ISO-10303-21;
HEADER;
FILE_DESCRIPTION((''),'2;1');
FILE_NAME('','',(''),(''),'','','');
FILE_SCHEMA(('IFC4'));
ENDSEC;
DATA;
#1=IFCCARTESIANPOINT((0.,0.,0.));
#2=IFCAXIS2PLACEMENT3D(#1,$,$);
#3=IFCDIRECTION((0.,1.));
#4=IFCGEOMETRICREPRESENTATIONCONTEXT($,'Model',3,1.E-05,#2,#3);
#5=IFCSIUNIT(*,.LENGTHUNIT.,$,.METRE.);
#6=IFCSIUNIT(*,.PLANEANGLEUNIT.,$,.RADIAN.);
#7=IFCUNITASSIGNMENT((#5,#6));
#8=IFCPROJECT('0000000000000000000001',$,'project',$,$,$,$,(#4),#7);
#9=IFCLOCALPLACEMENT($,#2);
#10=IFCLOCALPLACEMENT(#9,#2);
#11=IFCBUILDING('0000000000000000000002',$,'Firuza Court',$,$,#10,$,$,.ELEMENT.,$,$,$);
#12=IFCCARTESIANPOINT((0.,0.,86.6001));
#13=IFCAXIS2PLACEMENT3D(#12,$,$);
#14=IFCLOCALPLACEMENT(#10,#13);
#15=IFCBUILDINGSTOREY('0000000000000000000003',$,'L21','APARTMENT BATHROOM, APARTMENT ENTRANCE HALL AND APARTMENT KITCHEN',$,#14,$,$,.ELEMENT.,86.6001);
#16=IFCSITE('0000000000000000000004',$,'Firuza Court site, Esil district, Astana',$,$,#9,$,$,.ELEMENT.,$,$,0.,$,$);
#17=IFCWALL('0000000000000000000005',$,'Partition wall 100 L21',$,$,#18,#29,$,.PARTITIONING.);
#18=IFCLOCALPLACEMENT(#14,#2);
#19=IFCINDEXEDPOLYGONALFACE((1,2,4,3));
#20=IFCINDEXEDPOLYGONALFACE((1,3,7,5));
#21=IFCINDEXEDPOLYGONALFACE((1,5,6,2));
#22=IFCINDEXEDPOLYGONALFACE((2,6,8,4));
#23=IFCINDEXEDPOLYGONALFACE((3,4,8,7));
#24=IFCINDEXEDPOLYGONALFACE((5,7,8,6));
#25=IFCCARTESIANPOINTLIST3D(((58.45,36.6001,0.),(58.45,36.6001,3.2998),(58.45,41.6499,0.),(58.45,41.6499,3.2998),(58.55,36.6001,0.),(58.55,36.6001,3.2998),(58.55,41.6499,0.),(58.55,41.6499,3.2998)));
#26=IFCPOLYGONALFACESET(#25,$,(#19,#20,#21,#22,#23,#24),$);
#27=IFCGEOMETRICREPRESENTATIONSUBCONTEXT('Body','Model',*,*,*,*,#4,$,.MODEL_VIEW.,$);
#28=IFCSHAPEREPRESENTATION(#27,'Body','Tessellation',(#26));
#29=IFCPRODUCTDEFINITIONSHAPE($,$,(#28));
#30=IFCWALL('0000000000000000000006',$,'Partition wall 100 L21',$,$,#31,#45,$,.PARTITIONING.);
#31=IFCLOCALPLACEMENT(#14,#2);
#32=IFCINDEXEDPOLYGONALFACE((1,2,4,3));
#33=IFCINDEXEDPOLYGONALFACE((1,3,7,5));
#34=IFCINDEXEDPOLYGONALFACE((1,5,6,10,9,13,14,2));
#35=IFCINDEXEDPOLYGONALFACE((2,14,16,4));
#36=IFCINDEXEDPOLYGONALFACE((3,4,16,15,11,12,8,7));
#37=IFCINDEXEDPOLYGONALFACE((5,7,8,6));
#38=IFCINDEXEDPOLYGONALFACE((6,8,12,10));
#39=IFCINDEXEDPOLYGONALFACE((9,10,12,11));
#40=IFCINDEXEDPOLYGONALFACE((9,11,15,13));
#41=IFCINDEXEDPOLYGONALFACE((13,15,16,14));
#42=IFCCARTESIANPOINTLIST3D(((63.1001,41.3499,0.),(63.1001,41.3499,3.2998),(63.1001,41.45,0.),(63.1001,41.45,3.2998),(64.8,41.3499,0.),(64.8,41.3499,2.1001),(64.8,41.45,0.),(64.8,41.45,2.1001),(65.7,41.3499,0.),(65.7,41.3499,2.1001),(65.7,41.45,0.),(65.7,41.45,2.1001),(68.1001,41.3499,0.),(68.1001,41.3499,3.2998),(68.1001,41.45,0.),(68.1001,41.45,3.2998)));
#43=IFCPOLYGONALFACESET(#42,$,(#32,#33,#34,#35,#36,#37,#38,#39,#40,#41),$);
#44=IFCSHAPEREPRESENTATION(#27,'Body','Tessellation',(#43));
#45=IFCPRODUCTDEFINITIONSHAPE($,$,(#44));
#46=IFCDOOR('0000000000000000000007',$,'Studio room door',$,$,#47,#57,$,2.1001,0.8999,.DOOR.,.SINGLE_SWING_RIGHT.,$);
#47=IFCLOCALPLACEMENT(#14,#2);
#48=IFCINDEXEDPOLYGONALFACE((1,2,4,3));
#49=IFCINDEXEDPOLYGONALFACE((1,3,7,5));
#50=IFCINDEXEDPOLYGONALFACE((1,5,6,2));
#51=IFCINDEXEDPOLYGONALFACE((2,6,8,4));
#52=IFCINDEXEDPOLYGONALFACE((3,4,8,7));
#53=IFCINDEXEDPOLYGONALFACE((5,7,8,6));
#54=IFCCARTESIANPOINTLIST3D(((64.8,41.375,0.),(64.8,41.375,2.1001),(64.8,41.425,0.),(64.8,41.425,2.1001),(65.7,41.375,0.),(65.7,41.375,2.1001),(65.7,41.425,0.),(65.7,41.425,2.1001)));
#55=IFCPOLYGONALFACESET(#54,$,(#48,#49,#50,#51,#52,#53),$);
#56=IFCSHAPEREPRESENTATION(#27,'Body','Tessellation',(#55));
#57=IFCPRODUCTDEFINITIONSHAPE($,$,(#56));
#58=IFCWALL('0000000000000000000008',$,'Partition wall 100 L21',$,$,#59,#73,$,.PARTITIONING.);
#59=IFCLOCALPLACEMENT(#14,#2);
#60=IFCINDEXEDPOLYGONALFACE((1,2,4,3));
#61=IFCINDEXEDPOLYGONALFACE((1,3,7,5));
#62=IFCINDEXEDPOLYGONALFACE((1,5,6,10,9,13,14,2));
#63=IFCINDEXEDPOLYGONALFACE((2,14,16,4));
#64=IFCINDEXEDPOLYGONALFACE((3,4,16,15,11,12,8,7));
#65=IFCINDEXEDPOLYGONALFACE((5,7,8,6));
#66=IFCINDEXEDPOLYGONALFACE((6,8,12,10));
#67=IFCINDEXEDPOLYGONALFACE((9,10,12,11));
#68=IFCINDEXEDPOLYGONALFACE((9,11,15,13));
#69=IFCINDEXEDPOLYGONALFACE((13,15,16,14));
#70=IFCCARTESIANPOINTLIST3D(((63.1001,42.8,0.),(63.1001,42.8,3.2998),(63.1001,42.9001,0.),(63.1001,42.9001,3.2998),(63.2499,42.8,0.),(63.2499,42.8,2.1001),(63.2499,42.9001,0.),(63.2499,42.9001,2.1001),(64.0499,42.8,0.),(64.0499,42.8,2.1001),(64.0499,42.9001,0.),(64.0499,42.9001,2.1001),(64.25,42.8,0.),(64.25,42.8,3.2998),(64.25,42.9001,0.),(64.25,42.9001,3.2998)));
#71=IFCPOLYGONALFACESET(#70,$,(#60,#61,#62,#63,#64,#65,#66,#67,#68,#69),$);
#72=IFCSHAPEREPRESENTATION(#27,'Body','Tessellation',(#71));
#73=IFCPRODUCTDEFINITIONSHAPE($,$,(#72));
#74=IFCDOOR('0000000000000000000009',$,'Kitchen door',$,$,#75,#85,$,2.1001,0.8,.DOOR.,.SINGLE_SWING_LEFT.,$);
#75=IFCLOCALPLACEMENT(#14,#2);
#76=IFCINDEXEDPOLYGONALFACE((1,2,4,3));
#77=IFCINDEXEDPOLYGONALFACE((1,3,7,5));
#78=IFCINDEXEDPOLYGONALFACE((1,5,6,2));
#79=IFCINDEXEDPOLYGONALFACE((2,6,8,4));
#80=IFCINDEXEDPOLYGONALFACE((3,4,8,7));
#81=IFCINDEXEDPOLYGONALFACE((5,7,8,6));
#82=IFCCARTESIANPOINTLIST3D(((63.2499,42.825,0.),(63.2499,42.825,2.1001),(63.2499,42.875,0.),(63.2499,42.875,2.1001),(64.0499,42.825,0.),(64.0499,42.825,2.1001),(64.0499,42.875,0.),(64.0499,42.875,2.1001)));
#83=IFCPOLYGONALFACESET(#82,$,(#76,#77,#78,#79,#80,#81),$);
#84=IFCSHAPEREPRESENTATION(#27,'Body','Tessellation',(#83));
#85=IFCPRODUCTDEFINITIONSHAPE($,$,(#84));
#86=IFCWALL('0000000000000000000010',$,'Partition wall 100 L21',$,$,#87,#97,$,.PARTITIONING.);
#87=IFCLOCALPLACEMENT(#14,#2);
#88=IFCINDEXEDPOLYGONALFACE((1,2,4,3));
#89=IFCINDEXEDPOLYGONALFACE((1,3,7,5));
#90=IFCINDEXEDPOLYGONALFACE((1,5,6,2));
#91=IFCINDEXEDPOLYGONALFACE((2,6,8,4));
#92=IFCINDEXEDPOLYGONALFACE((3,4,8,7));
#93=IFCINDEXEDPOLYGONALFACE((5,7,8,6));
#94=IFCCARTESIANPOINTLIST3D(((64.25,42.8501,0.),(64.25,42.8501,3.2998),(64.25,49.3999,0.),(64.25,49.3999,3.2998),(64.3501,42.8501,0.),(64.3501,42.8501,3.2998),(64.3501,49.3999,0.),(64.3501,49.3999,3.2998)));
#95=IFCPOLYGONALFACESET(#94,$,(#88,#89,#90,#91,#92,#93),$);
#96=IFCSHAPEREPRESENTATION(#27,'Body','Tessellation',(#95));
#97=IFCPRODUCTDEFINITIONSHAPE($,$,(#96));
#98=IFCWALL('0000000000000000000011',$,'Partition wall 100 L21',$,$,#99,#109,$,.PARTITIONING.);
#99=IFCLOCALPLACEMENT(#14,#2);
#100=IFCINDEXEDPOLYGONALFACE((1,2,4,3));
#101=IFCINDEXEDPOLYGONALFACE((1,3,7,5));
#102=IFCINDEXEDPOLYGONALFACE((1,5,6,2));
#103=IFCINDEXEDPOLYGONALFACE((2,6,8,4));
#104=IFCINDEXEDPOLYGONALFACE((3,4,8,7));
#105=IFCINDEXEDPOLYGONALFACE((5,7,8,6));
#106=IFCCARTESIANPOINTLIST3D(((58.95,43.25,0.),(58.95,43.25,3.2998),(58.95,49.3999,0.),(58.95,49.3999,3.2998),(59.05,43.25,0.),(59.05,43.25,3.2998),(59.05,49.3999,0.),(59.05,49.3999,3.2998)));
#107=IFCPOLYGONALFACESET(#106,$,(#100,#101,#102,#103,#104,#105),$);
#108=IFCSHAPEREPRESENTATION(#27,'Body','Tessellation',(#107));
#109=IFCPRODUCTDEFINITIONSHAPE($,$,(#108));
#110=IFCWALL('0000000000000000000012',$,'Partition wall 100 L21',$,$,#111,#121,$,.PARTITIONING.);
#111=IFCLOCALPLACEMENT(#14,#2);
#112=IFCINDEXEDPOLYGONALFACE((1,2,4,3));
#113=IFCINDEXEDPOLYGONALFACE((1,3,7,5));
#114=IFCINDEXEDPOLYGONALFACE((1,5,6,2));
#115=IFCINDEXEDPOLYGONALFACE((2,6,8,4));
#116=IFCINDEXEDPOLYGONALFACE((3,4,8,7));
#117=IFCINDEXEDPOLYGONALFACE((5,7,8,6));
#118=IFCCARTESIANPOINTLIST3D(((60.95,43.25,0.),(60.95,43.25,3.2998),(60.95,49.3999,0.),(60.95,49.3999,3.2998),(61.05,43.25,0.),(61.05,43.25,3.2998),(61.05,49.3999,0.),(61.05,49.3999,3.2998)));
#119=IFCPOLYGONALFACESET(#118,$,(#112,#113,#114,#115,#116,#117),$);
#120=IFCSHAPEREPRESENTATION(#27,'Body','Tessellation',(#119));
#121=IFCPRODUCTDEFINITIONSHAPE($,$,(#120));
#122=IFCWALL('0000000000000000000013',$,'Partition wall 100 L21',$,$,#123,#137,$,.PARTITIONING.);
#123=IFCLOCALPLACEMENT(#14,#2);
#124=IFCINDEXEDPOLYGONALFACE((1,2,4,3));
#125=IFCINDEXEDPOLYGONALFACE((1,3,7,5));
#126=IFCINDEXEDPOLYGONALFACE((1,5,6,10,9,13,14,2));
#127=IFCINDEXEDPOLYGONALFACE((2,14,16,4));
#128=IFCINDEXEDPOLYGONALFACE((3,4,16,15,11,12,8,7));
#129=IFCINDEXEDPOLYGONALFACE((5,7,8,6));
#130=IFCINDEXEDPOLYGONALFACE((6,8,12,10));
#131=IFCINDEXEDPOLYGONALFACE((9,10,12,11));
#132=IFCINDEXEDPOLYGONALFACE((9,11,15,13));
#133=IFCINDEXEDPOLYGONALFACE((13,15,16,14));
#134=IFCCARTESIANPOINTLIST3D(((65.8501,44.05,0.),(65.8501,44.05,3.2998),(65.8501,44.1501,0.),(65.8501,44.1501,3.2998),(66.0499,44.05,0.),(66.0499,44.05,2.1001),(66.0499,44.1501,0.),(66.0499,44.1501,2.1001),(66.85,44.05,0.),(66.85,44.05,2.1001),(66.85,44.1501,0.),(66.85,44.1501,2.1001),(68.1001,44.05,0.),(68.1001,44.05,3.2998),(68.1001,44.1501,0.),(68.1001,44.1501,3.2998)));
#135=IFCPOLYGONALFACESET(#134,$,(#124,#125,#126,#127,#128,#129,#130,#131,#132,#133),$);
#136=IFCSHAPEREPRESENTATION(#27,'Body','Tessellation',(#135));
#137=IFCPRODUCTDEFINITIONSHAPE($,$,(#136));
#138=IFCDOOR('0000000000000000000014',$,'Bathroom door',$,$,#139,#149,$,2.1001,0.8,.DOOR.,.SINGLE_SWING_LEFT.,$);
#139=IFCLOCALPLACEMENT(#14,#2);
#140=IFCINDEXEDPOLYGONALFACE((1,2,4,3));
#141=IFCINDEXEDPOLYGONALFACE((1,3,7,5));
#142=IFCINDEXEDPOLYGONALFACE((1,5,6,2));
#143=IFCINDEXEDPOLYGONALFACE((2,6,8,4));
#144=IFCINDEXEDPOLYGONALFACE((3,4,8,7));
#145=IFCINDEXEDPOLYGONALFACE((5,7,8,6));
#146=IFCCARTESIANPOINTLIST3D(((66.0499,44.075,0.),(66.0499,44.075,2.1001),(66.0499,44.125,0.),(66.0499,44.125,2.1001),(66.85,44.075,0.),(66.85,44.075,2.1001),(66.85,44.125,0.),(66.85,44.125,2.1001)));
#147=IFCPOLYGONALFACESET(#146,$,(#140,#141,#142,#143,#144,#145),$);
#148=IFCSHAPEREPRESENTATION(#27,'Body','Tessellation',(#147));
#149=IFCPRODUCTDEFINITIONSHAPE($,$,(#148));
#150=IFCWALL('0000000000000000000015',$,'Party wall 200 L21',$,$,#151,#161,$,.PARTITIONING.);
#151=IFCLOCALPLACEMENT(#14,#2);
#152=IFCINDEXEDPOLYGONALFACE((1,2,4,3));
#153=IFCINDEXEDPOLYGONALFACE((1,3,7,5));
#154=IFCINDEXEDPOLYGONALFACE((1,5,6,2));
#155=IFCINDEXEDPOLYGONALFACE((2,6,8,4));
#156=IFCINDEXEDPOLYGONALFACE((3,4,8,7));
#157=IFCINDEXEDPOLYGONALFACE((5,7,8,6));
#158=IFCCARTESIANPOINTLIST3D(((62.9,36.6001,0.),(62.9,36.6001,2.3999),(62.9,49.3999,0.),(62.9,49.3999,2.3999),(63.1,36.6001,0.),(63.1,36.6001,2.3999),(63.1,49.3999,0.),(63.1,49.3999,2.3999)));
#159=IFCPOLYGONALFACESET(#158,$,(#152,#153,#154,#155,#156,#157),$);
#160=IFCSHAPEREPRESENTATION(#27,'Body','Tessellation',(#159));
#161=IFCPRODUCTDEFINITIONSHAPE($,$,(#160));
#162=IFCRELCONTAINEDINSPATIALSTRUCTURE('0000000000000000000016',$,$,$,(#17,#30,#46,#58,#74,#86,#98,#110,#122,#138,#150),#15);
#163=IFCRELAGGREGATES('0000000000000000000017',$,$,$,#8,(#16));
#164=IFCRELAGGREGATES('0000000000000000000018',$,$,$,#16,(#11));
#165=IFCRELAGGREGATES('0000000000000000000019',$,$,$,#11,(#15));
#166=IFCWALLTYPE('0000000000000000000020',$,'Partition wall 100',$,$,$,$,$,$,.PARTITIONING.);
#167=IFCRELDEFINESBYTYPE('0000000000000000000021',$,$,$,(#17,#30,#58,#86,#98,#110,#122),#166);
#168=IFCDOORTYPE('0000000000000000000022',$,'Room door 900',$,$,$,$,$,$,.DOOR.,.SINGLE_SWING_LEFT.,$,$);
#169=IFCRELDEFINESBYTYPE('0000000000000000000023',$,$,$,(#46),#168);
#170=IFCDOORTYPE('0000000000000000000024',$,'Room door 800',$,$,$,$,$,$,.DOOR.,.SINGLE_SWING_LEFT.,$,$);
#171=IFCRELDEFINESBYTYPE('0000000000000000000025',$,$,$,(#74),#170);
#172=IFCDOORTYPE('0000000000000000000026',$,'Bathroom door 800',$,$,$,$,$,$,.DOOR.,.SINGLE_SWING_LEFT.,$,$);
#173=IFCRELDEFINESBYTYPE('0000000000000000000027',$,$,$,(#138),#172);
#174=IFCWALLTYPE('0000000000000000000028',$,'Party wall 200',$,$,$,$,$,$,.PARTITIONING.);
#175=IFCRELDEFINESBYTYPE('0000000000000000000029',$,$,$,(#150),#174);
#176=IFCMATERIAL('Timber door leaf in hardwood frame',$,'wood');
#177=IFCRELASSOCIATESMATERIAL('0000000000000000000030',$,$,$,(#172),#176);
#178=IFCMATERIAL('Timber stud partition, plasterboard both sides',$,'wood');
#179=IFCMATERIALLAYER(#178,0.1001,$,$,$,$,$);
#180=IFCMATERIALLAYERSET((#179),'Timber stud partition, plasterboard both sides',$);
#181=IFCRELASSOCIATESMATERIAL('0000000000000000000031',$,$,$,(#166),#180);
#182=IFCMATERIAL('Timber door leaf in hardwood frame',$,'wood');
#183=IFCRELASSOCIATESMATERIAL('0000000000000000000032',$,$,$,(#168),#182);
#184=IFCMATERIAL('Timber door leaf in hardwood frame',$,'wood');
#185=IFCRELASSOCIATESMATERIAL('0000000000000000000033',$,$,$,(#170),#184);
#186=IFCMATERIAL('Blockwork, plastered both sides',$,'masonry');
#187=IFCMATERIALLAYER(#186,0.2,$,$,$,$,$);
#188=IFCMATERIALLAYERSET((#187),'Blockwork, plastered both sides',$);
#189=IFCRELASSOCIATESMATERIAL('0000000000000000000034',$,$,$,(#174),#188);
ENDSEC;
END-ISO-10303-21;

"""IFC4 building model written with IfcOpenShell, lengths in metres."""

from ifc_helpers import new_model, si_unit, direction, frame, frame_2d, origin, place, context, subcontext, project, spatial, rectangle, extrude, material, layer, layer_set, type_object, element, fill, save


model = new_model("IFC4")

# Units and contexts
model_context = context("Model", 3, precision=1e-05, world=origin(), true_north=direction((0.0, 1.0)))
body_context = subcontext(model_context, "Body", "Model", "MODEL_VIEW")
ifc_project = project(units=[si_unit("LENGTHUNIT", "METRE"), si_unit("PLANEANGLEUNIT", "RADIAN")], contexts=[model_context])

# Site, building, storey
site_placement = place(None, origin())
site = spatial("IfcSite", under=ifc_project, at=site_placement, Name="Firuza Court site, Esil district, Astana", CompositionType="ELEMENT", RefElevation=0.0)
building_placement = place(site_placement, origin())
building = spatial("IfcBuilding", under=site, at=building_placement, Name="Firuza Court", CompositionType="ELEMENT")
storey_placement = place(building_placement, frame((0.0, 0.0, 86.6001)))
storey = spatial("IfcBuildingStorey", under=building, at=storey_placement, Name="L21", Description="APARTMENT BATHROOM, APARTMENT ENTRANCE HALL AND APARTMENT KITCHEN", CompositionType="ELEMENT", Elevation=86.6001)

# Shared definitions
ifc_material_1 = material(Name="Timber door leaf in hardwood frame", Category="wood")
door_type_1 = type_object("IfcDoorType", Name="Bathroom door 800", OperationType="SINGLE_SWING_LEFT", PredefinedType="DOOR", material=ifc_material_1)

# Wall
ifc_material_2 = material(Name="Timber stud partition, plasterboard both sides", Category="wood")
ifc_layer_1 = layer(ifc_material_2, 0.1001)
ifc_layer_set_1 = layer_set([ifc_layer_1], Name="Timber stud partition, plasterboard both sides")
wall_type_1 = type_object("IfcWallType", Name="Partition wall 100", PredefinedType="PARTITIONING", material=ifc_layer_set_1)
wall_1_placement = place(storey_placement, frame((58.5, 36.6001, 0.0), z_axis=(0.0, 0.0, 1.0), x_axis=(0.0, 1.0, 0.0)))
element("IfcWall", 1, at=wall_1_placement, inside=storey, type_object=wall_type_1, Name="Partition wall 100 L21", PredefinedType="PARTITIONING", context=body_context, shape_type="SweptSolid", body=[
    extrude(rectangle(XDim=5.0498, YDim=0.1001, at=frame_2d((2.5249, 0.0))), origin(), (0.0, 0.0, 1.0), 3.2998),
])

# Walls, openings, doors
wall_2_placement = place(storey_placement, frame((63.1001, 41.3999, 0.0), z_axis=(0.0, 0.0, 1.0), x_axis=(1.0, 0.0, 0.0)))
wall_2 = element("IfcWall", 2, at=wall_2_placement, inside=storey, type_object=wall_type_1, Name="Partition wall 100 L21", PredefinedType="PARTITIONING", context=body_context, shape_type="SweptSolid", body=[
    extrude(rectangle(XDim=5.0, YDim=0.1001, at=frame_2d((2.5, 0.0))), origin(), (0.0, 0.0, 1.0), 3.2998),
])
opening_1_placement = place(wall_2_placement, frame((1.7, 0.0, 0.0)))
opening_1 = element("IfcOpeningElement", 3, at=opening_1_placement, cuts=wall_2, PredefinedType="OPENING", context=body_context, shape_type="SweptSolid", body=[
    extrude(rectangle(XDim=0.8999, YDim=2.1001, at=frame_2d((0.45, 1.05))), frame((0.0, 0.062, 0.0), z_axis=(0.0, -1.0, 0.0), x_axis=(1.0, 0.0, 0.0)), (0.0, 0.0, 1.0), 0.124),
])
ifc_material_3 = material(Name="Timber door leaf in hardwood frame", Category="wood")
door_type_2 = type_object("IfcDoorType", Name="Room door 900", OperationType="SINGLE_SWING_LEFT", PredefinedType="DOOR", material=ifc_material_3)
door_1_placement = place(opening_1_placement, frame((0.8999, 0.0, 0.0), z_axis=(0.0, 0.0, 1.0), x_axis=(-1.0, 0.0, 0.0)))
door_1 = element("IfcDoor", 4, at=door_1_placement, inside=storey, type_object=door_type_2, Name="Studio room door", OperationType="SINGLE_SWING_RIGHT", OverallHeight=2.1001, OverallWidth=0.8999, PredefinedType="DOOR", context=body_context, shape_type="SweptSolid", body=[
    extrude(rectangle(XDim=0.8999, YDim=2.1001, at=frame_2d((0.45, 1.05))), frame((0.0, 0.0249, 0.0), z_axis=(0.0, -1.0, 0.0), x_axis=(1.0, 0.0, 0.0)), (0.0, 0.0, 1.0), 0.05),
])
fill(opening_1, door_1)
wall_3_placement = place(storey_placement, frame((63.1001, 42.8501, 0.0), z_axis=(0.0, 0.0, 1.0), x_axis=(1.0, 0.0, 0.0)))
wall_3 = element("IfcWall", 5, at=wall_3_placement, inside=storey, type_object=wall_type_1, Name="Partition wall 100 L21", PredefinedType="PARTITIONING", context=body_context, shape_type="SweptSolid", body=[
    extrude(rectangle(XDim=1.1499, YDim=0.1001, at=frame_2d((0.575, 0.0))), origin(), (0.0, 0.0, 1.0), 3.2998),
])
opening_2_placement = place(wall_3_placement, frame((0.1499, 0.0, 0.0)))
opening_2 = element("IfcOpeningElement", 6, at=opening_2_placement, cuts=wall_3, PredefinedType="OPENING", context=body_context, shape_type="SweptSolid", body=[
    extrude(rectangle(XDim=0.8, YDim=2.1001, at=frame_2d((0.3999, 1.05))), frame((0.0, 0.062, 0.0), z_axis=(0.0, -1.0, 0.0), x_axis=(1.0, 0.0, 0.0)), (0.0, 0.0, 1.0), 0.124),
])
ifc_material_4 = material(Name="Timber door leaf in hardwood frame", Category="wood")
door_type_3 = type_object("IfcDoorType", Name="Room door 800", OperationType="SINGLE_SWING_LEFT", PredefinedType="DOOR", material=ifc_material_4)
door_2_placement = place(opening_2_placement, origin())
door_2 = element("IfcDoor", 7, at=door_2_placement, inside=storey, type_object=door_type_3, Name="Kitchen door", OperationType="SINGLE_SWING_LEFT", OverallHeight=2.1001, OverallWidth=0.8, PredefinedType="DOOR", context=body_context, shape_type="SweptSolid", body=[
    extrude(rectangle(XDim=0.8, YDim=2.1001, at=frame_2d((0.3999, 1.05))), frame((0.0, 0.0249, 0.0), z_axis=(0.0, -1.0, 0.0), x_axis=(1.0, 0.0, 0.0)), (0.0, 0.0, 1.0), 0.05),
])
fill(opening_2, door_2)

# Walls
wall_4_placement = place(storey_placement, frame((64.3, 42.8501, 0.0), z_axis=(0.0, 0.0, 1.0), x_axis=(0.0, 1.0, 0.0)))
element("IfcWall", 8, at=wall_4_placement, inside=storey, type_object=wall_type_1, Name="Partition wall 100 L21", PredefinedType="PARTITIONING", context=body_context, shape_type="SweptSolid", body=[
    extrude(rectangle(XDim=6.5498, YDim=0.1001, at=frame_2d((3.2749, 0.0))), origin(), (0.0, 0.0, 1.0), 3.2998),
])
for number, where, z_axis, x_axis, name in (
    (9, (59.0, 43.25, 0.0), (0.0, 0.0, 1.0), (0.0, 1.0, 0.0), "Partition wall 100 L21"),
    (10, (61.0, 43.25, 0.0), (0.0, 0.0, 1.0), (0.0, 1.0, 0.0), "Partition wall 100 L21"),
):
    element("IfcWall", number, at=place(storey_placement, frame(where, z_axis=z_axis, x_axis=x_axis)), inside=storey, type_object=wall_type_1, Name=name, PredefinedType="PARTITIONING", context=body_context, shape_type="SweptSolid", body=[
        extrude(rectangle(XDim=6.1499, YDim=0.1001, at=frame_2d((3.075, 0.0))), origin(), (0.0, 0.0, 1.0), 3.2998),
    ])

# Wall, opening, door
wall_5_placement = place(storey_placement, frame((65.8501, 44.1001, 0.0), z_axis=(0.0, 0.0, 1.0), x_axis=(1.0, 0.0, 0.0)))
wall_5 = element("IfcWall", 11, at=wall_5_placement, inside=storey, type_object=wall_type_1, Name="Partition wall 100 L21", PredefinedType="PARTITIONING", context=body_context, shape_type="SweptSolid", body=[
    extrude(rectangle(XDim=2.25, YDim=0.1001, at=frame_2d((1.125, 0.0))), origin(), (0.0, 0.0, 1.0), 3.2998),
])
opening_3_placement = place(wall_5_placement, frame((0.2, 0.0, 0.0)))
opening_3 = element("IfcOpeningElement", 12, at=opening_3_placement, cuts=wall_5, PredefinedType="OPENING", context=body_context, shape_type="SweptSolid", body=[
    extrude(rectangle(XDim=0.8, YDim=2.1001, at=frame_2d((0.3999, 1.05))), frame((0.0, 0.062, 0.0), z_axis=(0.0, -1.0, 0.0), x_axis=(1.0, 0.0, 0.0)), (0.0, 0.0, 1.0), 0.124),
])
door_3_placement = place(opening_3_placement, origin())
door_3 = element("IfcDoor", 13, at=door_3_placement, inside=storey, type_object=door_type_1, Name="Bathroom door", OperationType="SINGLE_SWING_LEFT", OverallHeight=2.1001, OverallWidth=0.8, PredefinedType="DOOR", context=body_context, shape_type="SweptSolid", body=[
    extrude(rectangle(XDim=0.8, YDim=2.1001, at=frame_2d((0.3999, 1.05))), frame((0.0, 0.0249, 0.0), z_axis=(0.0, -1.0, 0.0), x_axis=(1.0, 0.0, 0.0)), (0.0, 0.0, 1.0), 0.05),
])
fill(opening_3, door_3)

# Wall
ifc_material_5 = material(Name="Blockwork, plastered both sides", Category="masonry")
ifc_layer_2 = layer(ifc_material_5, 0.2)
ifc_layer_set_2 = layer_set([ifc_layer_2], Name="Blockwork, plastered both sides")
wall_type_2 = type_object("IfcWallType", Name="Party wall 200", PredefinedType="PARTITIONING", material=ifc_layer_set_2)
wall_6_placement = place(storey_placement, frame((63.0, 36.6001, 0.0), z_axis=(0.0, 0.0, 1.0), x_axis=(0.0, 1.0, 0.0)))
element("IfcWall", 14, at=wall_6_placement, inside=storey, type_object=wall_type_2, Name="Party wall 200 L21", PredefinedType="PARTITIONING", context=body_context, shape_type="SweptSolid", body=[
    extrude(rectangle(XDim=12.7998, YDim=0.2, at=frame_2d((6.3999, 0.0))), origin(), (0.0, 0.0, 1.0), 2.3999),
])

save(model, "model.ifc")
